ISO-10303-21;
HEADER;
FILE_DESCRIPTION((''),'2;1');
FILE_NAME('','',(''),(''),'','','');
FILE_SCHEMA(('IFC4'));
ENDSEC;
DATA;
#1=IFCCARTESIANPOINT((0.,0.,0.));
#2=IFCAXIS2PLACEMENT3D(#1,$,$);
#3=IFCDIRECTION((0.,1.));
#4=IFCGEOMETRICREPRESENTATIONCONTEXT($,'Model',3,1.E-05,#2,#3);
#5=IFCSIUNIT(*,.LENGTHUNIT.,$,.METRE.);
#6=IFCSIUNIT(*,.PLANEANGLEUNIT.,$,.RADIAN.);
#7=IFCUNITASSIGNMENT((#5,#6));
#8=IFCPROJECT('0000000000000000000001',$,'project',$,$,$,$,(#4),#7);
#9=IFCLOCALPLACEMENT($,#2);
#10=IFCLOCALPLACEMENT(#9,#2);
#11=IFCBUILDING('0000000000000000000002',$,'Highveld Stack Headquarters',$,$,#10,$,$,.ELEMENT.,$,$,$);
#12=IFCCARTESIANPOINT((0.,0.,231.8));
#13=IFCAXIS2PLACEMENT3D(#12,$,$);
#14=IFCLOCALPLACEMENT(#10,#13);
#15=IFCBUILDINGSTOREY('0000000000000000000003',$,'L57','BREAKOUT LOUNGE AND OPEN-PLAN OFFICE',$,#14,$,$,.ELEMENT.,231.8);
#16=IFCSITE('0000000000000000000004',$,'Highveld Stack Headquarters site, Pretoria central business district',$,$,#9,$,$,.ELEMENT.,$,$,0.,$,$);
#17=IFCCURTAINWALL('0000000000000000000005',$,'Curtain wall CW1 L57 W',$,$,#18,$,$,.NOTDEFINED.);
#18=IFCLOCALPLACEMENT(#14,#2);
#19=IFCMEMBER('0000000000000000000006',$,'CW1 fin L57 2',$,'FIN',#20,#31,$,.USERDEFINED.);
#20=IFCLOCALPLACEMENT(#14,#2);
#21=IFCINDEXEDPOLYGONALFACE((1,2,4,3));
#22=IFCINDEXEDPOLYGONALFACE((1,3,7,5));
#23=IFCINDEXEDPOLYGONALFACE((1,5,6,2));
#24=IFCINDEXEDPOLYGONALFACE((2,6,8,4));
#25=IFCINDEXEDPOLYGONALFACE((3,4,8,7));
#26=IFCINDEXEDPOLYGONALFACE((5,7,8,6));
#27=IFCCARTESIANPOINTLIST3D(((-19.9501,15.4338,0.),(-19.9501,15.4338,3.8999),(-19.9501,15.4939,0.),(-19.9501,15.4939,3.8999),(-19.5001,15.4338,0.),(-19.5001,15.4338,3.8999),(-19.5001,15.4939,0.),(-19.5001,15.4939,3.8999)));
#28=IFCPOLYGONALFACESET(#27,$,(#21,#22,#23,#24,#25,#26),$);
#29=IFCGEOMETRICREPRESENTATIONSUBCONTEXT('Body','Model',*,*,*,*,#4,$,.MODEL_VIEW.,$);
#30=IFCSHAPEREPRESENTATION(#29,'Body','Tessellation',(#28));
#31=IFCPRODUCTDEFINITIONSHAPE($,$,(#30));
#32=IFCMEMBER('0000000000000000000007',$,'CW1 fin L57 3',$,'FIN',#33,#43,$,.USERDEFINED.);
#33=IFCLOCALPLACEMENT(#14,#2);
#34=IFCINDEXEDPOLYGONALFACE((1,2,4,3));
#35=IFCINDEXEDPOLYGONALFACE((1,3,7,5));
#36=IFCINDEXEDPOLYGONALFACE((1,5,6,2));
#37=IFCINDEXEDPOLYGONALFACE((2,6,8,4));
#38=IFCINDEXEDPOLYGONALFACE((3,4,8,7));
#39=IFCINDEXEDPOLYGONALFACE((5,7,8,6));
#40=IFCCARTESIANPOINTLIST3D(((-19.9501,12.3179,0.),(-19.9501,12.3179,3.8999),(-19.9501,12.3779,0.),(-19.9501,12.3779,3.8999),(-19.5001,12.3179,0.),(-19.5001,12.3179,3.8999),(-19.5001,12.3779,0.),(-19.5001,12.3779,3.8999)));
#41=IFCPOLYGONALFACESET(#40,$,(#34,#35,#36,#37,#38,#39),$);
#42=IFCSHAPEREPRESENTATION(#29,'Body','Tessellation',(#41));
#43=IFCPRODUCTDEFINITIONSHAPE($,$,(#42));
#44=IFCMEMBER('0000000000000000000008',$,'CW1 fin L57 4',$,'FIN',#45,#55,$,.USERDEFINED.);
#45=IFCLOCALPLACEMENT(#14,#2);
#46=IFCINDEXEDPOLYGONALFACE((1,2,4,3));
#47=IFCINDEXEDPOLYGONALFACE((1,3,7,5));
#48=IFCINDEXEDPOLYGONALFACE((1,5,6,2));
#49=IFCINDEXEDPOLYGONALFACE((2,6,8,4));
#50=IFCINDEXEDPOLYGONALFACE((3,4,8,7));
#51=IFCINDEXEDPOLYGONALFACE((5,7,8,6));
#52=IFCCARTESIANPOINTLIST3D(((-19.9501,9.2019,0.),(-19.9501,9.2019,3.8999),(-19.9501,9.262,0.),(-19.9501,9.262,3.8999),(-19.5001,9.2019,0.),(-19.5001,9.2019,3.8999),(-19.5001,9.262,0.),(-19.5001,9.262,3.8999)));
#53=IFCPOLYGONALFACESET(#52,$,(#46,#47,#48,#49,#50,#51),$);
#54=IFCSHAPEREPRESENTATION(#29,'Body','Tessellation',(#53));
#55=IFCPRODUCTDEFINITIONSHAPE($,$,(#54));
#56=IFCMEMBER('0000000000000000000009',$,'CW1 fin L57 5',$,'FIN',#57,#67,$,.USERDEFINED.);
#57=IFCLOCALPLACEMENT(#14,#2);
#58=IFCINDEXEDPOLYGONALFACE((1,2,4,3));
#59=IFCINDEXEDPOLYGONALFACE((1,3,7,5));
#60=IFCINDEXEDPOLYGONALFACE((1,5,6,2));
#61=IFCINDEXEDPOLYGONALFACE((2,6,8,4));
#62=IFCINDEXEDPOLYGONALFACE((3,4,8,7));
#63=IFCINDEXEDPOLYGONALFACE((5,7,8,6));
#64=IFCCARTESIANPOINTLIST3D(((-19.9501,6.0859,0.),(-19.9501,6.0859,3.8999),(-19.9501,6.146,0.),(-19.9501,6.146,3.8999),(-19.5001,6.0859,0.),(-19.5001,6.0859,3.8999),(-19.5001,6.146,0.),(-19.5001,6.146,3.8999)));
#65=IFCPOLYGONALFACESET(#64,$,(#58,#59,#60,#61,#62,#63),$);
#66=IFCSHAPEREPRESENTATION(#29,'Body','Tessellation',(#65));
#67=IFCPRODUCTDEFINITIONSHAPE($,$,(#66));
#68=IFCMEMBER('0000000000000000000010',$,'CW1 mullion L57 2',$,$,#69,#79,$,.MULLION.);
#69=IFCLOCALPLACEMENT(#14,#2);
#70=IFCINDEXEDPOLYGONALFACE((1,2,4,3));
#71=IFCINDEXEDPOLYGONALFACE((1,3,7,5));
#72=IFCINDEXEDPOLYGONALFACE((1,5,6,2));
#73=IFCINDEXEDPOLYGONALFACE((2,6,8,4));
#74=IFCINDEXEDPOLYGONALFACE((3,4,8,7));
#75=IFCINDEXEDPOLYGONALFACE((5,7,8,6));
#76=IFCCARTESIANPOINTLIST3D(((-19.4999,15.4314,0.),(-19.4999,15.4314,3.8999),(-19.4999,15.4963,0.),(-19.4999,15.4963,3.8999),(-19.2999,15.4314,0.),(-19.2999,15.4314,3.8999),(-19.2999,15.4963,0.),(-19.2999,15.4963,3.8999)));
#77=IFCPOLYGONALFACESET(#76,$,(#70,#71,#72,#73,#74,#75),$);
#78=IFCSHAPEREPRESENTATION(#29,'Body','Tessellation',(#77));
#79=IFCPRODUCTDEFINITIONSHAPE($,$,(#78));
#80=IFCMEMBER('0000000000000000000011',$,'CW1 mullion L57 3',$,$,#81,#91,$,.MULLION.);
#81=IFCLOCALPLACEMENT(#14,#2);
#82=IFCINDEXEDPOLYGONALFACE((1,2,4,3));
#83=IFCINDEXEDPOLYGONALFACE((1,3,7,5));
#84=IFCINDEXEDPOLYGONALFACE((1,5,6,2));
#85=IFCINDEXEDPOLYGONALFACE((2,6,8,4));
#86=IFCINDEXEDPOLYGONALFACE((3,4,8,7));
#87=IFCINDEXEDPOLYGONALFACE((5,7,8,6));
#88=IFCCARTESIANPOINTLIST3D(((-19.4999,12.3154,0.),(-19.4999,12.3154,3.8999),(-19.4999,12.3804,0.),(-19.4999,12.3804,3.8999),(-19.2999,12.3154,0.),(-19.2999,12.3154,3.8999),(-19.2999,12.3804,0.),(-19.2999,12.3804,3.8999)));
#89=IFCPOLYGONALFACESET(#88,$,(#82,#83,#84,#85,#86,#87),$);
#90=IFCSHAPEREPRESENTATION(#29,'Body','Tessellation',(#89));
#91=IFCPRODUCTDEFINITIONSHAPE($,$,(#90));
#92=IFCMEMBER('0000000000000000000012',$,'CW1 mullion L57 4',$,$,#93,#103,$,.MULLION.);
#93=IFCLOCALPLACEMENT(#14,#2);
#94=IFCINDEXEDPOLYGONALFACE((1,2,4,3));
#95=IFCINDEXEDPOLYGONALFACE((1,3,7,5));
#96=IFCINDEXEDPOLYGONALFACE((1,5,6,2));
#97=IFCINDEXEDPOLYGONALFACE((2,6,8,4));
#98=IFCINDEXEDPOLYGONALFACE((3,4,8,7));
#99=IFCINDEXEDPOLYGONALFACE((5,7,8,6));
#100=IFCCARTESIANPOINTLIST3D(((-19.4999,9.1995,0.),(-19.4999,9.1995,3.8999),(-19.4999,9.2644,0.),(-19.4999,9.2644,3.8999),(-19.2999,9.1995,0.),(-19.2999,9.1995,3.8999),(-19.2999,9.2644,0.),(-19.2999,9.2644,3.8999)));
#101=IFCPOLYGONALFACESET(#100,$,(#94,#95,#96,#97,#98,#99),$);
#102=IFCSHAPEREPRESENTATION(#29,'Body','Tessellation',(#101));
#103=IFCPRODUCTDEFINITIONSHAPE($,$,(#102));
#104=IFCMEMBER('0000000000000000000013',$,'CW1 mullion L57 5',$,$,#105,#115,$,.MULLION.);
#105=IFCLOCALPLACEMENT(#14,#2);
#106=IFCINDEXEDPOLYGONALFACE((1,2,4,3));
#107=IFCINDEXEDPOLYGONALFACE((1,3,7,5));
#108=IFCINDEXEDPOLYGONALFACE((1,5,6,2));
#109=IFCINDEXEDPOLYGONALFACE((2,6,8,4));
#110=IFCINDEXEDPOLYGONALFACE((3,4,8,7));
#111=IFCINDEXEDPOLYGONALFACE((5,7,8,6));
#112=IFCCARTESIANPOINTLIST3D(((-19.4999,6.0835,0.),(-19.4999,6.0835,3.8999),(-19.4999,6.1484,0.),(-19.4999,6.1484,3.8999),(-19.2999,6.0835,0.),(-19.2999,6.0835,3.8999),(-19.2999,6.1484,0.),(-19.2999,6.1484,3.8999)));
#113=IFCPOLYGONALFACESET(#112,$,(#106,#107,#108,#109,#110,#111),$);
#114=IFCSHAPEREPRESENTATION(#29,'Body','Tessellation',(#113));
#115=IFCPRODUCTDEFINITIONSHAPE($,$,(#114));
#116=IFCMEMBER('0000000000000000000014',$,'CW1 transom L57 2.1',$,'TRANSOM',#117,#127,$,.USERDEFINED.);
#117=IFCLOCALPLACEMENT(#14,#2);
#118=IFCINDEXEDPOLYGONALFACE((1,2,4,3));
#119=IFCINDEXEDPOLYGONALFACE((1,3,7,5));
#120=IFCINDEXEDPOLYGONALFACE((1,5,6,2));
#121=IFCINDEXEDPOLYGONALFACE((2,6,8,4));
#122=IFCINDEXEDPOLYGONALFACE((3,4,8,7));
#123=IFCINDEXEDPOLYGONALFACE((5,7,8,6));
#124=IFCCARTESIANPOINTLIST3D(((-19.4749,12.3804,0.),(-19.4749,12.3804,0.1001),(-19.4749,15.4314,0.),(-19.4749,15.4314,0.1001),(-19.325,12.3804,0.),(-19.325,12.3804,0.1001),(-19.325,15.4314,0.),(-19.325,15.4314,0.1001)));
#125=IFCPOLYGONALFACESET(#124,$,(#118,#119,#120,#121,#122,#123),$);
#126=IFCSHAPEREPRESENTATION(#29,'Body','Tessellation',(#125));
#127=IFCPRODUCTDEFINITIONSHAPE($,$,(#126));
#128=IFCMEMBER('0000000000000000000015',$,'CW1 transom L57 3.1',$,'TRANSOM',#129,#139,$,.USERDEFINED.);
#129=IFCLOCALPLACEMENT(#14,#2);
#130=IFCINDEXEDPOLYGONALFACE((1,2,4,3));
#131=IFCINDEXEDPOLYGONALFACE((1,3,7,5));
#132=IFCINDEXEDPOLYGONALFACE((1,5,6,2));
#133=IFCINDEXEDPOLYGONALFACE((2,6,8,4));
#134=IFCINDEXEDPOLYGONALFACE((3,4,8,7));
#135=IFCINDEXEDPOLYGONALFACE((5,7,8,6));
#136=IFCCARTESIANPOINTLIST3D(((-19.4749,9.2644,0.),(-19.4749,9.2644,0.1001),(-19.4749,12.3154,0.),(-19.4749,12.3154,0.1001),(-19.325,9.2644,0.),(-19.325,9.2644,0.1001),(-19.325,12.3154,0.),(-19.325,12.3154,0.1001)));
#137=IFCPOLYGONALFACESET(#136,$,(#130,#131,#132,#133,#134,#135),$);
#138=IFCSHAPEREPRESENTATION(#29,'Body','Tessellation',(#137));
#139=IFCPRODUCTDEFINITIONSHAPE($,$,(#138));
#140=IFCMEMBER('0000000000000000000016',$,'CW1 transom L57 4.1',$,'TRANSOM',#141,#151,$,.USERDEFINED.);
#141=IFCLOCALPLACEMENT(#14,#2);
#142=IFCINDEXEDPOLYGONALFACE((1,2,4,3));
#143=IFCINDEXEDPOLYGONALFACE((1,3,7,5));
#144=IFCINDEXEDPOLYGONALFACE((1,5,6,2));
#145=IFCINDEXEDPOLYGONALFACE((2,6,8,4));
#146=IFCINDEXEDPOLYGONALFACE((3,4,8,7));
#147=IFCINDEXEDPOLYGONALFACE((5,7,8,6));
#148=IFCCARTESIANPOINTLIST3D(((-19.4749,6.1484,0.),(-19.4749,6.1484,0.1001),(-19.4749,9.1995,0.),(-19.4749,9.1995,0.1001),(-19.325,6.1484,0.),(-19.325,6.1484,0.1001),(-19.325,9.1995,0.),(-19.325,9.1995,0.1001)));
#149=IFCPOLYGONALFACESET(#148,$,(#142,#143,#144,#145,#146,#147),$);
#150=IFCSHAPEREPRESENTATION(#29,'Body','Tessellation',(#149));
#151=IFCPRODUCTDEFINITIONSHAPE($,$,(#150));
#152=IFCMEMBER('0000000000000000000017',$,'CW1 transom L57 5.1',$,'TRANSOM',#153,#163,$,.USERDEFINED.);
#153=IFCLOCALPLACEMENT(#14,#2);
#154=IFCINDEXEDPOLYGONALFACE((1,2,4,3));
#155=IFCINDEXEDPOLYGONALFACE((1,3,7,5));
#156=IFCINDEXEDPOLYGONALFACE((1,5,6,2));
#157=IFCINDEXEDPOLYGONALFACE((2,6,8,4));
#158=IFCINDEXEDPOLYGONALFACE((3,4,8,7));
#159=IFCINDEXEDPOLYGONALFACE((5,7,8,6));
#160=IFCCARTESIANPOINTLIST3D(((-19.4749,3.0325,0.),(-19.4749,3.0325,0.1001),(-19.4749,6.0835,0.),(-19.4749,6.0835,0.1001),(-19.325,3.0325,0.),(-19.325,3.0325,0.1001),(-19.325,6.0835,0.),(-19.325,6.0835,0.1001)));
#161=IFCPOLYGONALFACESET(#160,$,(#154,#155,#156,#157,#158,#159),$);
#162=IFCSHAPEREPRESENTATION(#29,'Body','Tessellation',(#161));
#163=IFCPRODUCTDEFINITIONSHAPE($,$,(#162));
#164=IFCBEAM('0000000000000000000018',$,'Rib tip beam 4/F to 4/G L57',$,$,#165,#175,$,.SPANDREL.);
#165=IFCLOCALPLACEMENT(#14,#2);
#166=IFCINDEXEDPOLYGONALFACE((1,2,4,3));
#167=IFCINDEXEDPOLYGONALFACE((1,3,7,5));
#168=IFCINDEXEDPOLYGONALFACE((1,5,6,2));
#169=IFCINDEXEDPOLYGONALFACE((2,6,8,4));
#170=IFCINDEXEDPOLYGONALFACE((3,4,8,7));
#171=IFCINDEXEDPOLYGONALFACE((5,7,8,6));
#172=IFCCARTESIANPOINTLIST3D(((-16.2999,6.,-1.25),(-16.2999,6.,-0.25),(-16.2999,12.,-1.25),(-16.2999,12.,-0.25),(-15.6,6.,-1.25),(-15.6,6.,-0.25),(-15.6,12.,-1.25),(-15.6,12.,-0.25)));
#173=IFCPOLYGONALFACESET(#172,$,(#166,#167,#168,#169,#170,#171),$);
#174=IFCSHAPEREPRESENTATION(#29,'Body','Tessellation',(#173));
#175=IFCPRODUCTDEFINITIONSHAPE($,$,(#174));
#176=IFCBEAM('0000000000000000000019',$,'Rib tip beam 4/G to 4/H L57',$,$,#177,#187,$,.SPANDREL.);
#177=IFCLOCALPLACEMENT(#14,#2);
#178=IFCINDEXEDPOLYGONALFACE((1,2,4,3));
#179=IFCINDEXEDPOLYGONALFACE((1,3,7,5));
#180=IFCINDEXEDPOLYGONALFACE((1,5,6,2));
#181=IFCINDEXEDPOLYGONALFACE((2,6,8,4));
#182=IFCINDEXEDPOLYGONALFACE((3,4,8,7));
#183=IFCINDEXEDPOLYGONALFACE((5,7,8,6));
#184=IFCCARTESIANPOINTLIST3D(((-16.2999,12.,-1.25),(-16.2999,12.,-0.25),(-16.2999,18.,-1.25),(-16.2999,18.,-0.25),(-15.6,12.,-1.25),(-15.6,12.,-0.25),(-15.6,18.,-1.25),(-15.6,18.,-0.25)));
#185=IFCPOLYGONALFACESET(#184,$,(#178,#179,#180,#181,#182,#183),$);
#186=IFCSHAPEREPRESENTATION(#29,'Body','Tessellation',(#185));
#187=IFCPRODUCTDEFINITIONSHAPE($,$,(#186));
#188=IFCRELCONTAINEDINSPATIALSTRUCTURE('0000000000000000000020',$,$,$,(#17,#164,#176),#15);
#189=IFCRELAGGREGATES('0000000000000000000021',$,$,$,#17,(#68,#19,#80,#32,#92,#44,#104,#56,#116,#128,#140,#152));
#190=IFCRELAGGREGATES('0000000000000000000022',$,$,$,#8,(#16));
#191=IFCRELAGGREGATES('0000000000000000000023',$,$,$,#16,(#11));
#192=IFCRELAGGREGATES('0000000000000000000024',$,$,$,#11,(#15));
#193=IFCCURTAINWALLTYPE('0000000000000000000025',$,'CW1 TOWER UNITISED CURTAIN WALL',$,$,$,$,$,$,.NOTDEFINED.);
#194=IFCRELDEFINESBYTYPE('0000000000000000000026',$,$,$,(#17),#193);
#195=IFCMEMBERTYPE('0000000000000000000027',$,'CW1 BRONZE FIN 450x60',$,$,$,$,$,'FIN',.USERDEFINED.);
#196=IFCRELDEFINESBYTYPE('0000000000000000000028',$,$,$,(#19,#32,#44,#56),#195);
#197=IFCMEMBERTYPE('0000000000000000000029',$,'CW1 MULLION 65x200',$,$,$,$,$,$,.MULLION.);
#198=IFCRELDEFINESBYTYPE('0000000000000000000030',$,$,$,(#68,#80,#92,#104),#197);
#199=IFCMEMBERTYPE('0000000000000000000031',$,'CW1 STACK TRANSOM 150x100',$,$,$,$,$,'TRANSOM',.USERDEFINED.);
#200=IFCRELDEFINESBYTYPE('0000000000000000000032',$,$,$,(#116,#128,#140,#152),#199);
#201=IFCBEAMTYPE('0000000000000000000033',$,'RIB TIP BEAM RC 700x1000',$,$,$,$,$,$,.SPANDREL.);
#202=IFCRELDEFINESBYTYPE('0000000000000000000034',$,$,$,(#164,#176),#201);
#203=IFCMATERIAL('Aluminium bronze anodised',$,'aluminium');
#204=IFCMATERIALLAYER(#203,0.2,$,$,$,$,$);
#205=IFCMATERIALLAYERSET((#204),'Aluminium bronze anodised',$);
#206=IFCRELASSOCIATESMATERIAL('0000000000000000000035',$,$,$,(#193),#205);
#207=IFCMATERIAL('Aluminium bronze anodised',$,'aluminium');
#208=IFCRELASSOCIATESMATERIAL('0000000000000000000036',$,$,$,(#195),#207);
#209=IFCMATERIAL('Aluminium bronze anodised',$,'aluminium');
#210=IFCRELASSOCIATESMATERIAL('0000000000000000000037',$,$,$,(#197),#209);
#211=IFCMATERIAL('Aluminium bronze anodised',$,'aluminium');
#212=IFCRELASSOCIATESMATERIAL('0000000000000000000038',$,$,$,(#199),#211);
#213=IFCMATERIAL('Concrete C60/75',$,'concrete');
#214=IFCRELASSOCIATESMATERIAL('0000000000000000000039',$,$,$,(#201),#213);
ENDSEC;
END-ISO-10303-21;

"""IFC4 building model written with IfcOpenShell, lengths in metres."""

from ifc_helpers import new_model, si_unit, direction, frame, origin, origin_2d, place, context, subcontext, project, spatial, rectangle, extrude, material, layer, layer_set, material_profile, profile_set, type_object, element, aggregate, save


model = new_model("IFC4")

# Units and contexts
model_context = context("Model", 3, precision=1e-05, world=origin(), true_north=direction((0.0, 1.0)))
body_context = subcontext(model_context, "Body", "Model", "MODEL_VIEW")
ifc_project = project(units=[si_unit("LENGTHUNIT", "METRE"), si_unit("PLANEANGLEUNIT", "RADIAN")], contexts=[model_context])

# Site, building, storey
site_placement = place(None, origin())
site = spatial("IfcSite", under=ifc_project, at=site_placement, Name="Highveld Stack Headquarters site, Pretoria central business district", CompositionType="ELEMENT", RefElevation=0.0)
building_placement = place(site_placement, origin())
building = spatial("IfcBuilding", under=site, at=building_placement, Name="Highveld Stack Headquarters", CompositionType="ELEMENT")
storey_placement = place(building_placement, frame((0.0, 0.0, 231.8)))
storey = spatial("IfcBuildingStorey", under=building, at=storey_placement, Name="L57", Description="BREAKOUT LOUNGE AND OPEN-PLAN OFFICE", CompositionType="ELEMENT", Elevation=231.8)

# Curtain wall, members
ifc_material_1 = material(Name="Aluminium bronze anodised", Category="aluminium")
ifc_layer_1 = layer(ifc_material_1, 0.2)
ifc_layer_set_1 = layer_set([ifc_layer_1], Name="Aluminium bronze anodised")
curtain_wall_type = type_object("IfcCurtainWallType", Name="CW1 TOWER UNITISED CURTAIN WALL", PredefinedType="NOTDEFINED", material=ifc_layer_set_1)
curtain_wall_placement = place(storey_placement, origin())
curtain_wall = element("IfcCurtainWall", 1, at=curtain_wall_placement, inside=storey, type_object=curtain_wall_type, Name="Curtain wall CW1 L57 W", PredefinedType="NOTDEFINED")
ifc_material_2 = material(Name="Aluminium bronze anodised", Category="aluminium")
ifc_material_profile_1 = material_profile(ifc_material_2, rectangle(XDim=0.45, YDim=0.0601, at=origin_2d()), Name="FIN 450x60")
ifc_profile_set_1 = profile_set([ifc_material_profile_1], Name="Aluminium bronze anodised")
member_type_1 = type_object("IfcMemberType", Name="CW1 BRONZE FIN 450x60", ElementType="FIN", PredefinedType="USERDEFINED", material=ifc_profile_set_1)
member_1_placement = place(storey_placement, frame((-19.7251, 15.4639, 0.0), z_axis=(0.0, 0.0, 1.0), x_axis=(1.0, 0.0, 0.0)))
member_1 = element("IfcMember", 2, at=member_1_placement, type_object=member_type_1, Name="CW1 fin L57 2", ObjectType="FIN", PredefinedType="USERDEFINED", context=body_context, shape_type="SweptSolid", body=[
    extrude(rectangle(XDim=0.45, YDim=0.0601, at=origin_2d()), origin(), (0.0, 0.0, 1.0), 3.8999),
])
member_2_placement = place(storey_placement, frame((-19.7251, 12.3479, 0.0), z_axis=(0.0, 0.0, 1.0), x_axis=(1.0, 0.0, 0.0)))
member_2 = element("IfcMember", 3, at=member_2_placement, type_object=member_type_1, Name="CW1 fin L57 3", ObjectType="FIN", PredefinedType="USERDEFINED", context=body_context, shape_type="SweptSolid", body=[
    extrude(rectangle(XDim=0.45, YDim=0.0601, at=origin_2d()), origin(), (0.0, 0.0, 1.0), 3.8999),
])
member_3_placement = place(storey_placement, frame((-19.7251, 9.2319, 0.0), z_axis=(0.0, 0.0, 1.0), x_axis=(1.0, 0.0, 0.0)))
member_3 = element("IfcMember", 4, at=member_3_placement, type_object=member_type_1, Name="CW1 fin L57 4", ObjectType="FIN", PredefinedType="USERDEFINED", context=body_context, shape_type="SweptSolid", body=[
    extrude(rectangle(XDim=0.45, YDim=0.0601, at=origin_2d()), origin(), (0.0, 0.0, 1.0), 3.8999),
])
member_4_placement = place(storey_placement, frame((-19.7251, 6.116, 0.0), z_axis=(0.0, 0.0, 1.0), x_axis=(1.0, 0.0, 0.0)))
member_4 = element("IfcMember", 5, at=member_4_placement, type_object=member_type_1, Name="CW1 fin L57 5", ObjectType="FIN", PredefinedType="USERDEFINED", context=body_context, shape_type="SweptSolid", body=[
    extrude(rectangle(XDim=0.45, YDim=0.0601, at=origin_2d()), origin(), (0.0, 0.0, 1.0), 3.8999),
])
ifc_material_3 = material(Name="Aluminium bronze anodised", Category="aluminium")
ifc_material_profile_2 = material_profile(ifc_material_3, rectangle(XDim=0.2, YDim=0.0649, at=origin_2d()), Name="CW1 MULLION 65x200")
ifc_profile_set_2 = profile_set([ifc_material_profile_2], Name="Aluminium bronze anodised")
member_type_2 = type_object("IfcMemberType", Name="CW1 MULLION 65x200", PredefinedType="MULLION", material=ifc_profile_set_2)
member_5_placement = place(storey_placement, frame((-19.3999, 15.4639, 0.0), z_axis=(0.0, 0.0, 1.0), x_axis=(1.0, 0.0, 0.0)))
member_5 = element("IfcMember", 6, at=member_5_placement, type_object=member_type_2, Name="CW1 mullion L57 2", PredefinedType="MULLION", context=body_context, shape_type="SweptSolid", body=[
    extrude(rectangle(XDim=0.2, YDim=0.0649, at=origin_2d()), origin(), (0.0, 0.0, 1.0), 3.8999),
])
member_6_placement = place(storey_placement, frame((-19.3999, 12.3479, 0.0), z_axis=(0.0, 0.0, 1.0), x_axis=(1.0, 0.0, 0.0)))
member_6 = element("IfcMember", 7, at=member_6_placement, type_object=member_type_2, Name="CW1 mullion L57 3", PredefinedType="MULLION", context=body_context, shape_type="SweptSolid", body=[
    extrude(rectangle(XDim=0.2, YDim=0.0649, at=origin_2d()), origin(), (0.0, 0.0, 1.0), 3.8999),
])
member_7_placement = place(storey_placement, frame((-19.3999, 9.2319, 0.0), z_axis=(0.0, 0.0, 1.0), x_axis=(1.0, 0.0, 0.0)))
member_7 = element("IfcMember", 8, at=member_7_placement, type_object=member_type_2, Name="CW1 mullion L57 4", PredefinedType="MULLION", context=body_context, shape_type="SweptSolid", body=[
    extrude(rectangle(XDim=0.2, YDim=0.0649, at=origin_2d()), origin(), (0.0, 0.0, 1.0), 3.8999),
])
member_8_placement = place(storey_placement, frame((-19.3999, 6.116, 0.0), z_axis=(0.0, 0.0, 1.0), x_axis=(1.0, 0.0, 0.0)))
member_8 = element("IfcMember", 9, at=member_8_placement, type_object=member_type_2, Name="CW1 mullion L57 5", PredefinedType="MULLION", context=body_context, shape_type="SweptSolid", body=[
    extrude(rectangle(XDim=0.2, YDim=0.0649, at=origin_2d()), origin(), (0.0, 0.0, 1.0), 3.8999),
])
ifc_material_4 = material(Name="Aluminium bronze anodised", Category="aluminium")
ifc_material_profile_3 = material_profile(ifc_material_4, rectangle(XDim=0.1499, YDim=0.1001, at=origin_2d()), Name="CW1 TRANSOM 150x100")
ifc_profile_set_3 = profile_set([ifc_material_profile_3], Name="Aluminium bronze anodised")
member_type_3 = type_object("IfcMemberType", Name="CW1 STACK TRANSOM 150x100", ElementType="TRANSOM", PredefinedType="USERDEFINED", material=ifc_profile_set_3)
member_9_placement = place(storey_placement, frame((-19.3999, 15.4314, 0.05), z_axis=(0.0, -1.0, 0.0), x_axis=(1.0, 0.0, 0.0)))
member_9 = element("IfcMember", 10, at=member_9_placement, type_object=member_type_3, Name="CW1 transom L57 2.1", ObjectType="TRANSOM", PredefinedType="USERDEFINED", context=body_context, shape_type="SweptSolid", body=[
    extrude(rectangle(XDim=0.1499, YDim=0.1001, at=origin_2d()), origin(), (0.0, 0.0, 1.0), 3.051),
])
member_10_placement = place(storey_placement, frame((-19.3999, 12.3154, 0.05), z_axis=(0.0, -1.0, 0.0), x_axis=(1.0, 0.0, 0.0)))
member_10 = element("IfcMember", 11, at=member_10_placement, type_object=member_type_3, Name="CW1 transom L57 3.1", ObjectType="TRANSOM", PredefinedType="USERDEFINED", context=body_context, shape_type="SweptSolid", body=[
    extrude(rectangle(XDim=0.1499, YDim=0.1001, at=origin_2d()), origin(), (0.0, 0.0, 1.0), 3.051),
])
member_11_placement = place(storey_placement, frame((-19.3999, 9.1995, 0.05), z_axis=(0.0, -1.0, 0.0), x_axis=(1.0, 0.0, 0.0)))
member_11 = element("IfcMember", 12, at=member_11_placement, type_object=member_type_3, Name="CW1 transom L57 4.1", ObjectType="TRANSOM", PredefinedType="USERDEFINED", context=body_context, shape_type="SweptSolid", body=[
    extrude(rectangle(XDim=0.1499, YDim=0.1001, at=origin_2d()), origin(), (0.0, 0.0, 1.0), 3.051),
])
member_12_placement = place(storey_placement, frame((-19.3999, 6.0835, 0.05), z_axis=(0.0, -1.0, 0.0), x_axis=(1.0, 0.0, 0.0)))
member_12 = element("IfcMember", 13, at=member_12_placement, type_object=member_type_3, Name="CW1 transom L57 5.1", ObjectType="TRANSOM", PredefinedType="USERDEFINED", context=body_context, shape_type="SweptSolid", body=[
    extrude(rectangle(XDim=0.1499, YDim=0.1001, at=origin_2d()), origin(), (0.0, 0.0, 1.0), 3.051),
])

# Beams
ifc_material_5 = material(Name="Concrete C60/75", Category="concrete")
ifc_material_profile_4 = material_profile(ifc_material_5, rectangle(XDim=0.7, YDim=1.0, at=origin_2d()), Name="RC 700x1000")
ifc_profile_set_4 = profile_set([ifc_material_profile_4], Name="Concrete C60/75")
beam_type = type_object("IfcBeamType", Name="RIB TIP BEAM RC 700x1000", PredefinedType="SPANDREL", material=ifc_profile_set_4)
for number, where, z_axis, x_axis, name in (
    (14, (-15.95, 6.0, -0.75), (0.0, 1.0, 0.0), (-1.0, 0.0, 0.0), "Rib tip beam 4/F to 4/G L57"),
    (15, (-15.95, 12.0, -0.75), (0.0, 1.0, 0.0), (-1.0, 0.0, 0.0), "Rib tip beam 4/G to 4/H L57"),
):
    element("IfcBeam", number, at=place(storey_placement, frame(where, z_axis=z_axis, x_axis=x_axis)), inside=storey, type_object=beam_type, Name=name, PredefinedType="SPANDREL", context=body_context, shape_type="SweptSolid", body=[
        extrude(rectangle(XDim=0.7, YDim=1.0, at=origin_2d()), origin(), (0.0, 0.0, 1.0), 6.0),
    ])

aggregate(curtain_wall, [member_5, member_1, member_6, member_2, member_7, member_3, member_8, member_4, member_9, member_10, member_11, member_12])

save(model, "model.ifc")
